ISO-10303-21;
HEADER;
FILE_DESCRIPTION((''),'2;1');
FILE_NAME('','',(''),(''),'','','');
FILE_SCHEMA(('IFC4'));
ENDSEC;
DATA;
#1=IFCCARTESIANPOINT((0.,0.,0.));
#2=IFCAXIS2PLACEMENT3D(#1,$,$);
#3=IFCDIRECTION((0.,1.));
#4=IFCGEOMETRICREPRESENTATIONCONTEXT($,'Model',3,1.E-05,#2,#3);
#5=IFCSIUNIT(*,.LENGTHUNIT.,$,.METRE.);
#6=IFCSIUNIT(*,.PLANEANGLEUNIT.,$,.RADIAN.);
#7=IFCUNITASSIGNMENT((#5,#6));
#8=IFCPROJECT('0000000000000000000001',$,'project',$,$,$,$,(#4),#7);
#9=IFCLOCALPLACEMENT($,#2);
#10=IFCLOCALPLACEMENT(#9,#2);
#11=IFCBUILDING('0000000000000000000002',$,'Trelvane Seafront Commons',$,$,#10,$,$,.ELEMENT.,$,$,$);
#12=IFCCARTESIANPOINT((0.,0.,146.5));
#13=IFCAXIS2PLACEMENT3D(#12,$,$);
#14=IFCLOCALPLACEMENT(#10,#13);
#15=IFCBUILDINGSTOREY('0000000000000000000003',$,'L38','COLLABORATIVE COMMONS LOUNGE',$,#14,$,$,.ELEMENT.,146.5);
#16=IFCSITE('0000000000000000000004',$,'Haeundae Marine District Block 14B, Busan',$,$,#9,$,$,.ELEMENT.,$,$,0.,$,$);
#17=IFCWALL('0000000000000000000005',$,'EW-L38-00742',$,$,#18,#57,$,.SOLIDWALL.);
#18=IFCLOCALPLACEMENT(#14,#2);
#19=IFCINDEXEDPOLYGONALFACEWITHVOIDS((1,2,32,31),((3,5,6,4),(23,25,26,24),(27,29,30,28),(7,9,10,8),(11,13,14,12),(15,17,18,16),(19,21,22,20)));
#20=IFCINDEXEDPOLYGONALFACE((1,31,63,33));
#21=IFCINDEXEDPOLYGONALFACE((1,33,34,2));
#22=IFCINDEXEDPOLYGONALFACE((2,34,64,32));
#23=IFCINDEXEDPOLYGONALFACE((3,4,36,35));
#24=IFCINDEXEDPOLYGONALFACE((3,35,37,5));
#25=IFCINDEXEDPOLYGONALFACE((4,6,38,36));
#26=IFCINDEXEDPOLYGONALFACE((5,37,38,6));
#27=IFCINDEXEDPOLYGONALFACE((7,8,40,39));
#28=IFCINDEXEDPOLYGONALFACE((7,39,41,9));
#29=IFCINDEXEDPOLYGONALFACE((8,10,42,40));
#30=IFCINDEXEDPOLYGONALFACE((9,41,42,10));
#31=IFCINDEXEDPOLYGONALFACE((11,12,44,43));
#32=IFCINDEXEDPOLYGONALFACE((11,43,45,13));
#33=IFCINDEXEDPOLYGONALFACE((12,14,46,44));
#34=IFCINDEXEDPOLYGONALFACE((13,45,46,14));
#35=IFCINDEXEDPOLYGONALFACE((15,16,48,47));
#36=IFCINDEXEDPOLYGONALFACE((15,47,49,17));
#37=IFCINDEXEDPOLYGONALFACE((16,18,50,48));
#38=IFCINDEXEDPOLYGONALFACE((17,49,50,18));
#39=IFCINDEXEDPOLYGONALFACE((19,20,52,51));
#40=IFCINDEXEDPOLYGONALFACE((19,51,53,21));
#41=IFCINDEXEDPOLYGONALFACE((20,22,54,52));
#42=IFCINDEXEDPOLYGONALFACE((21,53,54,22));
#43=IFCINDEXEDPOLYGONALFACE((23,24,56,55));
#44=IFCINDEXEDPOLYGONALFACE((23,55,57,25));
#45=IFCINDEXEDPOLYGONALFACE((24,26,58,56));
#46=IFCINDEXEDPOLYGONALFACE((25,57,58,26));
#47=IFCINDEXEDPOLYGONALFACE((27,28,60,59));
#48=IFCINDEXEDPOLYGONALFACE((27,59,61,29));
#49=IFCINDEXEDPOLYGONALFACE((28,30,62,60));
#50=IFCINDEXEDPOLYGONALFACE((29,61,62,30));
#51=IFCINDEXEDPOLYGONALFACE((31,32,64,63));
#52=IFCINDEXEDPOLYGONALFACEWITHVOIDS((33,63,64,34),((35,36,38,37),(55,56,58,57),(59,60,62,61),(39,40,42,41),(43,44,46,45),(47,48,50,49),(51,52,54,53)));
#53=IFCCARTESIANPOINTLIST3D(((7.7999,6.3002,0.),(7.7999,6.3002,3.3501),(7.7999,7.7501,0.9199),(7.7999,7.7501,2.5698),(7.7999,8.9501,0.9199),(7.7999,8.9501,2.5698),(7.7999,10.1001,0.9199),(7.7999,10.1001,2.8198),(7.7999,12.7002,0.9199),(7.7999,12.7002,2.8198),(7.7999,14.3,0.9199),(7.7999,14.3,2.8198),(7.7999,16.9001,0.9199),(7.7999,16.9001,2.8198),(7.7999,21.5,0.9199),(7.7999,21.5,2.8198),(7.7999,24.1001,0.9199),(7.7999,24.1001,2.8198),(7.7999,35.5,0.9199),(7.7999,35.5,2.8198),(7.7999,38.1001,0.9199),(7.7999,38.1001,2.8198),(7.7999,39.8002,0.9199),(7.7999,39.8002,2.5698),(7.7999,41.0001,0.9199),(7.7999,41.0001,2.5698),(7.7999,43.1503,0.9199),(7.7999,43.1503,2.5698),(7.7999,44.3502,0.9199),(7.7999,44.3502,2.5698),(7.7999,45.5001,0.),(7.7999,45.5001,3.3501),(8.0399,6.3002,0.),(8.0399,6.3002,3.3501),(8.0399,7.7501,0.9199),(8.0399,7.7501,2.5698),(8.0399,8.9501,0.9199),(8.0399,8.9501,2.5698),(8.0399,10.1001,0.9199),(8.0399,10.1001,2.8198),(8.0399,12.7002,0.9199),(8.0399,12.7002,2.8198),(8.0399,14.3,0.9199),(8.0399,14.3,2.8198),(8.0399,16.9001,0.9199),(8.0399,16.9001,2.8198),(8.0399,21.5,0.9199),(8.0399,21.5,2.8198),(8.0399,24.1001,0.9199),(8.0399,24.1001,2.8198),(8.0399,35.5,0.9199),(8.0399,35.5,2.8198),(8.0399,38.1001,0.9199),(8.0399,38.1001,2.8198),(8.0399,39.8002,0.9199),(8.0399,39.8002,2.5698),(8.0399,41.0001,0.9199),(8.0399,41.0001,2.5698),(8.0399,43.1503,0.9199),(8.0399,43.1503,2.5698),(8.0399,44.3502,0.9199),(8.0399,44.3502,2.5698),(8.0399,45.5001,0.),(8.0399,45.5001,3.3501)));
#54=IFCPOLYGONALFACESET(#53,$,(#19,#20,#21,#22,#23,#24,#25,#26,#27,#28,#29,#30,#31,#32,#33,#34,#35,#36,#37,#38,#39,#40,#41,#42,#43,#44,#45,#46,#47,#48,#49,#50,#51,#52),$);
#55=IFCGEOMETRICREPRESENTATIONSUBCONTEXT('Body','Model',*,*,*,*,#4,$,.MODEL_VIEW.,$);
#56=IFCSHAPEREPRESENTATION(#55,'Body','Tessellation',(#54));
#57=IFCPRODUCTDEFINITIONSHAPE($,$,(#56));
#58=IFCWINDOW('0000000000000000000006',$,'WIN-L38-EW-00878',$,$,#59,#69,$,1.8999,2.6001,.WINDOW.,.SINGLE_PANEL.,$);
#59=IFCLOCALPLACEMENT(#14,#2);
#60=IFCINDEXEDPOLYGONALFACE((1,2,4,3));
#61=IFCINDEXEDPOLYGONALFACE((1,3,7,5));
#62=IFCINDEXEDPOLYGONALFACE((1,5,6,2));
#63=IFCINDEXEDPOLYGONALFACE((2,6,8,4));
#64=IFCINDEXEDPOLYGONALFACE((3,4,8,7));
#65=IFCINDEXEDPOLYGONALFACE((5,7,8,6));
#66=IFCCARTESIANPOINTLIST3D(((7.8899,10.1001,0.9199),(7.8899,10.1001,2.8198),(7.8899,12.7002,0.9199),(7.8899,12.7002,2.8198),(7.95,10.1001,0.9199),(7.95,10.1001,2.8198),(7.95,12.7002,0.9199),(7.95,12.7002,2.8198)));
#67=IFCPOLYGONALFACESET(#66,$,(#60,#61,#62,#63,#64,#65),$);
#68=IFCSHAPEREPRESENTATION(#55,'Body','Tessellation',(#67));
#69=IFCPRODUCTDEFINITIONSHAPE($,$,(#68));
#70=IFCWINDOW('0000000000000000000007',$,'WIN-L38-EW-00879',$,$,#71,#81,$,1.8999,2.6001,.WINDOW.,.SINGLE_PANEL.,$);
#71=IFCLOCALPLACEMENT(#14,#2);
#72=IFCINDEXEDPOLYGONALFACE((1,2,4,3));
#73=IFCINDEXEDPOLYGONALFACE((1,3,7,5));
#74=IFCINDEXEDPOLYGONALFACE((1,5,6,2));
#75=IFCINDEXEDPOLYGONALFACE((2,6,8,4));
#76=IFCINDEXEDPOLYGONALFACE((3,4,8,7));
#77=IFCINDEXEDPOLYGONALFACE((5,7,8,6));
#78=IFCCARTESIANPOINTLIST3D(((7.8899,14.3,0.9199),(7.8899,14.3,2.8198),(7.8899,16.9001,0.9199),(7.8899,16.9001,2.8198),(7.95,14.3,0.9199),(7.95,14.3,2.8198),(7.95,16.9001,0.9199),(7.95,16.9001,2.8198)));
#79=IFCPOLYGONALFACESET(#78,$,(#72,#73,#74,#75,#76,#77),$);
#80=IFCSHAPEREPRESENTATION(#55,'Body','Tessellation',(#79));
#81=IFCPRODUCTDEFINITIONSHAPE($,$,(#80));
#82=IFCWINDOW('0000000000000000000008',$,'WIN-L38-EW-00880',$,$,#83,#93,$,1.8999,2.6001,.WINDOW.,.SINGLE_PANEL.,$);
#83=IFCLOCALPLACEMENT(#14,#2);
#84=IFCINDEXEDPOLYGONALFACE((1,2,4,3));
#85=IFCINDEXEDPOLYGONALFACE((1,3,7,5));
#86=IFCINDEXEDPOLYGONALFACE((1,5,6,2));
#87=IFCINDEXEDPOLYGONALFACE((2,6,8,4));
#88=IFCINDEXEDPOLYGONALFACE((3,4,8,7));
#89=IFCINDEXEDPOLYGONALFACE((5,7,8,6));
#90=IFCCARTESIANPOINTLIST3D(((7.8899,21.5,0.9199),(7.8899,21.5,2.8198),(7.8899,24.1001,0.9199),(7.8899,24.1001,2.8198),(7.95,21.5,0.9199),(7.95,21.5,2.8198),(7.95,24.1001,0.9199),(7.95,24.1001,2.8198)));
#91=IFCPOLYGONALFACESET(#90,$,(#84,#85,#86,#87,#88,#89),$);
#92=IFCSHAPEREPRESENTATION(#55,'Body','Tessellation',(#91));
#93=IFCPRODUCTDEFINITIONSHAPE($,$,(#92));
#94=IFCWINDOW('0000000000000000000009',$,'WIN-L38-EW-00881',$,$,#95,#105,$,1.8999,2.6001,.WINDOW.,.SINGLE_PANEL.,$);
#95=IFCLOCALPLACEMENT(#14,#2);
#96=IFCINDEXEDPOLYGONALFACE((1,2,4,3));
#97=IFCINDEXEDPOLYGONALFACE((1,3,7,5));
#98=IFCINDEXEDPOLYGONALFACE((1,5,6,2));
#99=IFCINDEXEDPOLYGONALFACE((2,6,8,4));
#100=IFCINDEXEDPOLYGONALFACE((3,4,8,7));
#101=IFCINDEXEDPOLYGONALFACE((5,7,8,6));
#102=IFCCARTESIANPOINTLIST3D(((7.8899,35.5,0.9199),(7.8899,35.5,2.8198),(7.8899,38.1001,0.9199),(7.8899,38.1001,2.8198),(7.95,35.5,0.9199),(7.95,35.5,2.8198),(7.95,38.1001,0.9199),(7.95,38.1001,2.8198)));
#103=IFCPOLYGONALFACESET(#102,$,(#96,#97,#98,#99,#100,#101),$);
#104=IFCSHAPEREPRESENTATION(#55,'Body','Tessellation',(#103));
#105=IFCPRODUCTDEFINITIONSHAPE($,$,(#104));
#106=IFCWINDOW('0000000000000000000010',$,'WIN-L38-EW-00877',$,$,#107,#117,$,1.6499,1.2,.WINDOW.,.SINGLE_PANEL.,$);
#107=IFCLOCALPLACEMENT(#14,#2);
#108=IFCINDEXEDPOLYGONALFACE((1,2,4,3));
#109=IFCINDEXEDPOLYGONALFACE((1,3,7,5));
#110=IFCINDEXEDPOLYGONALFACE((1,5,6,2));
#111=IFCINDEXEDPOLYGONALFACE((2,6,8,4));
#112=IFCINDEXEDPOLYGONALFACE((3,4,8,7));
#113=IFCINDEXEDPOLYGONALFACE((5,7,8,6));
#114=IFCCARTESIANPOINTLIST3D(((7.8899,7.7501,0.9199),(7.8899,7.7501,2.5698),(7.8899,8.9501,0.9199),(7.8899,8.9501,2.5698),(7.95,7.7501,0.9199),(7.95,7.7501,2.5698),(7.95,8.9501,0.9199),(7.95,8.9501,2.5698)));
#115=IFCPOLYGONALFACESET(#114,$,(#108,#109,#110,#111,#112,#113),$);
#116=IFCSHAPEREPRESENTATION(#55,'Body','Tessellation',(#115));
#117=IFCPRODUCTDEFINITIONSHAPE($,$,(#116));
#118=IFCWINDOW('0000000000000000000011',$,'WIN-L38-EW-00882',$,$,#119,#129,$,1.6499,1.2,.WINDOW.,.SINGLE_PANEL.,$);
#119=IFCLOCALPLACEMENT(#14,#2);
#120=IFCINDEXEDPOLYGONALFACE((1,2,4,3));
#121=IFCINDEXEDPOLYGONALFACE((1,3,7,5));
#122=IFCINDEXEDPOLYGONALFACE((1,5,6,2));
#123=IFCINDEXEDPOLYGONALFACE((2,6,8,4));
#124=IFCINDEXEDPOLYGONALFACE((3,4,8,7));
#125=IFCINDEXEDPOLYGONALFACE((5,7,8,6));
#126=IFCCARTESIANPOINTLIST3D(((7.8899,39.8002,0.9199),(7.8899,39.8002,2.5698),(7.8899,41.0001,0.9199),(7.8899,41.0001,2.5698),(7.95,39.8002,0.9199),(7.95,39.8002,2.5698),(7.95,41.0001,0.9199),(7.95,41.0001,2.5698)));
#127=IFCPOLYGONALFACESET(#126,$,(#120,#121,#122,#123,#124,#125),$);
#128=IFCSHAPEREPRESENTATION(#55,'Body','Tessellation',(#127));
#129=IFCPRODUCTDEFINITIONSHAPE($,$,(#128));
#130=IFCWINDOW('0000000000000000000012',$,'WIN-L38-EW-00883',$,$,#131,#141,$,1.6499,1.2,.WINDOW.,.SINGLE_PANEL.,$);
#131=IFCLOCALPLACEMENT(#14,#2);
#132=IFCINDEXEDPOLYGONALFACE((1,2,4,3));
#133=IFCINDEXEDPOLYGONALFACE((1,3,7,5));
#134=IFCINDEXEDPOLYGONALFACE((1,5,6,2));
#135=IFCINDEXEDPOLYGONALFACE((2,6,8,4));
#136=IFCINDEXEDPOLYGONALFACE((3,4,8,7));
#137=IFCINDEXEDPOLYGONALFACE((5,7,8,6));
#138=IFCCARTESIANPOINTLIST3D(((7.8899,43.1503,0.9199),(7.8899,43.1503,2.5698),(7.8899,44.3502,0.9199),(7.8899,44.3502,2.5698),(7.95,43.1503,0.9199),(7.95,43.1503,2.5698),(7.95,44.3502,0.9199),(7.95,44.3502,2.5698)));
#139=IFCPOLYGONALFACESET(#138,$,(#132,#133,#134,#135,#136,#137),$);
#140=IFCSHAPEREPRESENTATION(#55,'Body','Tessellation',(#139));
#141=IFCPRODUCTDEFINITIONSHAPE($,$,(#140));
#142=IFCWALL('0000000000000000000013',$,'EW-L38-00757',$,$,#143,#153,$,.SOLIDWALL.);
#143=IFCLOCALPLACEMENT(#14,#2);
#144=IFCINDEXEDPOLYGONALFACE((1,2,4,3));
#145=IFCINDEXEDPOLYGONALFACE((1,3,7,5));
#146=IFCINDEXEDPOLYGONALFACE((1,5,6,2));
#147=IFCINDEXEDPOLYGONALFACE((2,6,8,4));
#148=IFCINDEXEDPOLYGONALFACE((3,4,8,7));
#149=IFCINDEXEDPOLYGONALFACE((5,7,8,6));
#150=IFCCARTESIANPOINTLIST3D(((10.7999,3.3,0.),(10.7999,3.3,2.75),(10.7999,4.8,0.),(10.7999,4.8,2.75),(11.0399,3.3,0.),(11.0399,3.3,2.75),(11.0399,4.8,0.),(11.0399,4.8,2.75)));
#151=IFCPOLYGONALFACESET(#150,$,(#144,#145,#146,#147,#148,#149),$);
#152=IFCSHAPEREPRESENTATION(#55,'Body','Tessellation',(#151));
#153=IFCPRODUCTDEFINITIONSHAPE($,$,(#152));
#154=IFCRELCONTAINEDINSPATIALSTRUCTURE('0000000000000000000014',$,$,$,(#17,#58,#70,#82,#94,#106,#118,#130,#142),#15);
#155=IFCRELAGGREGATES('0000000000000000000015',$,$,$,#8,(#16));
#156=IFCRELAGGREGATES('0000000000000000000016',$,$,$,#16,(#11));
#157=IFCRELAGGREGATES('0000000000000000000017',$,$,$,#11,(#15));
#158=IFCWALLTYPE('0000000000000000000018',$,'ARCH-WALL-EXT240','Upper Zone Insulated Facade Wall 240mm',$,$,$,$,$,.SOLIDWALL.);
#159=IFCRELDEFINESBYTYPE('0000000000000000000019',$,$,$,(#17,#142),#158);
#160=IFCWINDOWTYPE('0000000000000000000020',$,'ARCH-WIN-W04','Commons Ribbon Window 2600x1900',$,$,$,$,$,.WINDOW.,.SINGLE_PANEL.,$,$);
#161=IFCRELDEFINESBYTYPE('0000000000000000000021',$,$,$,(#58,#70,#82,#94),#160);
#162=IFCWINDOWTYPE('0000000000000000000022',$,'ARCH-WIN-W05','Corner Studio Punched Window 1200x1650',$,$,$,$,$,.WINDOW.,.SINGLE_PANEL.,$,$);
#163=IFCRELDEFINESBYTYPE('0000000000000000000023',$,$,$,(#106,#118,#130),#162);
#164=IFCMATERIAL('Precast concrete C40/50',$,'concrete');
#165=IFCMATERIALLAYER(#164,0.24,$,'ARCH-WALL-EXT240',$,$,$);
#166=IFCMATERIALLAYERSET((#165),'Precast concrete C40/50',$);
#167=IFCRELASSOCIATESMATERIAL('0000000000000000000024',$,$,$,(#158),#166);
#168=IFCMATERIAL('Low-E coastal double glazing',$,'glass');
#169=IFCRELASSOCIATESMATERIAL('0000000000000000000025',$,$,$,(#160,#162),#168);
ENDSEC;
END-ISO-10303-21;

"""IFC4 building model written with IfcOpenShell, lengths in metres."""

from ifc_helpers import new_model, si_unit, direction, frame, frame_2d, origin, place, context, subcontext, project, spatial, rectangle, extrude, source, transform, mapped, material, layer, layer_set, type_object, element, fill, save


model = new_model("IFC4")

# Units and contexts
model_context = context("Model", 3, precision=1e-05, world=origin(), true_north=direction((0.0, 1.0)))
body_context = subcontext(model_context, "Body", "Model", "MODEL_VIEW")
ifc_project = project(units=[si_unit("LENGTHUNIT", "METRE"), si_unit("PLANEANGLEUNIT", "RADIAN")], contexts=[model_context])

# Site, building, storey
site_placement = place(None, origin())
site = spatial("IfcSite", under=ifc_project, at=site_placement, Name="Haeundae Marine District Block 14B, Busan", CompositionType="ELEMENT", RefElevation=0.0)
building_placement = place(site_placement, origin())
building = spatial("IfcBuilding", under=site, at=building_placement, Name="Trelvane Seafront Commons", CompositionType="ELEMENT")
storey_placement = place(building_placement, frame((0.0, 0.0, 146.5)))
storey = spatial("IfcBuildingStorey", under=building, at=storey_placement, Name="L38", Description="COLLABORATIVE COMMONS LOUNGE", CompositionType="ELEMENT", Elevation=146.5)

# Shared definitions
ifc_material_1 = material(Name="Precast concrete C40/50", Category="concrete")
ifc_layer_1 = layer(ifc_material_1, 0.24, Name="ARCH-WALL-EXT240")
ifc_layer_set_1 = layer_set([ifc_layer_1], Name="Precast concrete C40/50")
wall_type_1 = type_object("IfcWallType", Name="ARCH-WALL-EXT240", Description="Upper Zone Insulated Facade Wall 240mm", PredefinedType="SOLIDWALL", material=ifc_layer_set_1)

# Wall, openings, windows
wall_1_placement = place(storey_placement, frame((7.9199, 6.3, 0.0), z_axis=(0.0, 0.0, 1.0), x_axis=(0.0, 1.0, 0.0)))
wall_1 = element("IfcWall", 1, at=wall_1_placement, inside=storey, type_object=wall_type_1, Name="EW-L38-00742", PredefinedType="SOLIDWALL", context=body_context, shape_type="SweptSolid", body=[
    extrude(rectangle(XDim=39.2, YDim=0.24, at=frame_2d((19.6001, 0.0))), origin(), (0.0, 0.0, 1.0), 3.3501),
])
opening_1_placement = place(wall_1_placement, frame((1.45, 0.0, 0.9199)))
opening_1 = element("IfcOpeningElement", 2, at=opening_1_placement, cuts=wall_1, PredefinedType="OPENING", context=body_context, shape_type="SweptSolid", body=[
    extrude(rectangle(XDim=1.2, YDim=1.6499, at=frame_2d((0.6001, 0.825))), frame((0.0, 0.1299, 0.0), z_axis=(0.0, -1.0, 0.0), x_axis=(1.0, 0.0, 0.0)), (0.0, 0.0, 1.0), 0.26),
])
opening_2_placement = place(wall_1_placement, frame((3.8, 0.0, 0.9199)))
opening_2 = element("IfcOpeningElement", 3, at=opening_2_placement, cuts=wall_1, PredefinedType="OPENING", context=body_context, shape_type="SweptSolid", body=[
    extrude(rectangle(XDim=2.6001, YDim=1.8999, at=frame_2d((1.3, 0.95))), frame((0.0, 0.1299, 0.0), z_axis=(0.0, -1.0, 0.0), x_axis=(1.0, 0.0, 0.0)), (0.0, 0.0, 1.0), 0.26),
])
opening_3_placement = place(wall_1_placement, frame((8.0, 0.0, 0.9199)))
opening_3 = element("IfcOpeningElement", 4, at=opening_3_placement, cuts=wall_1, PredefinedType="OPENING", context=body_context, shape_type="SweptSolid", body=[
    extrude(rectangle(XDim=2.6001, YDim=1.8999, at=frame_2d((1.3, 0.95))), frame((0.0, 0.1299, 0.0), z_axis=(0.0, -1.0, 0.0), x_axis=(1.0, 0.0, 0.0)), (0.0, 0.0, 1.0), 0.26),
])
opening_4_placement = place(wall_1_placement, frame((15.2, 0.0, 0.9199)))
opening_4 = element("IfcOpeningElement", 5, at=opening_4_placement, cuts=wall_1, PredefinedType="OPENING", context=body_context, shape_type="SweptSolid", body=[
    extrude(rectangle(XDim=2.6001, YDim=1.8999, at=frame_2d((1.3, 0.95))), frame((0.0, 0.1299, 0.0), z_axis=(0.0, -1.0, 0.0), x_axis=(1.0, 0.0, 0.0)), (0.0, 0.0, 1.0), 0.26),
])
opening_5_placement = place(wall_1_placement, frame((29.2, 0.0, 0.9199)))
opening_5 = element("IfcOpeningElement", 6, at=opening_5_placement, cuts=wall_1, PredefinedType="OPENING", context=body_context, shape_type="SweptSolid", body=[
    extrude(rectangle(XDim=2.6001, YDim=1.8999, at=frame_2d((1.3, 0.95))), frame((0.0, 0.1299, 0.0), z_axis=(0.0, -1.0, 0.0), x_axis=(1.0, 0.0, 0.0)), (0.0, 0.0, 1.0), 0.26),
])
opening_6_placement = place(wall_1_placement, frame((33.5, 0.0, 0.9199)))
opening_6 = element("IfcOpeningElement", 7, at=opening_6_placement, cuts=wall_1, PredefinedType="OPENING", context=body_context, shape_type="SweptSolid", body=[
    extrude(rectangle(XDim=1.2, YDim=1.6499, at=frame_2d((0.6001, 0.825))), frame((0.0, 0.1299, 0.0), z_axis=(0.0, -1.0, 0.0), x_axis=(1.0, 0.0, 0.0)), (0.0, 0.0, 1.0), 0.26),
])
opening_7_placement = place(wall_1_placement, frame((36.8501, 0.0, 0.9199)))
opening_7 = element("IfcOpeningElement", 8, at=opening_7_placement, cuts=wall_1, PredefinedType="OPENING", context=body_context, shape_type="SweptSolid", body=[
    extrude(rectangle(XDim=1.2, YDim=1.6499, at=frame_2d((0.6001, 0.825))), frame((0.0, 0.1299, 0.0), z_axis=(0.0, -1.0, 0.0), x_axis=(1.0, 0.0, 0.0)), (0.0, 0.0, 1.0), 0.26),
])
ifc_material_2 = material(Name="Low-E coastal double glazing", Category="glass")
window_type_1 = type_object("IfcWindowType", Name="ARCH-WIN-W04", Description="Commons Ribbon Window 2600x1900", PartitioningType="SINGLE_PANEL", PredefinedType="WINDOW", material=ifc_material_2)
shared_shape_1 = source(origin(), body_context, "Body", "SweptSolid", [
    extrude(rectangle(XDim=2.6001, YDim=1.8999, at=frame_2d((1.3, 0.95))), frame((0.0, 0.03, 0.0), z_axis=(0.0, -1.0, 0.0), x_axis=(1.0, 0.0, 0.0)), (0.0, 0.0, 1.0), 0.0601),
])
window_1_placement = place(opening_2_placement, origin())
window_1 = element("IfcWindow", 9, at=window_1_placement, inside=storey, type_object=window_type_1, Name="WIN-L38-EW-00878", OverallHeight=1.8999, OverallWidth=2.6001, PartitioningType="SINGLE_PANEL", PredefinedType="WINDOW", context=body_context, shape_type="MappedRepresentation", body=[
    mapped(shared_shape_1, transform((0.0, 0.0, 0.0), x_axis=(1.0, 0.0, 0.0), y_axis=(0.0, 1.0, 0.0), z_axis=(0.0, 0.0, 1.0), scale=1.0)),
])
fill(opening_2, window_1)
window_2_placement = place(opening_3_placement, origin())
window_2 = element("IfcWindow", 10, at=window_2_placement, inside=storey, type_object=window_type_1, Name="WIN-L38-EW-00879", OverallHeight=1.8999, OverallWidth=2.6001, PartitioningType="SINGLE_PANEL", PredefinedType="WINDOW", context=body_context, shape_type="MappedRepresentation", body=[
    mapped(shared_shape_1, transform((0.0, 0.0, 0.0), x_axis=(1.0, 0.0, 0.0), y_axis=(0.0, 1.0, 0.0), z_axis=(0.0, 0.0, 1.0), scale=1.0)),
])
fill(opening_3, window_2)
window_3_placement = place(opening_4_placement, origin())
window_3 = element("IfcWindow", 11, at=window_3_placement, inside=storey, type_object=window_type_1, Name="WIN-L38-EW-00880", OverallHeight=1.8999, OverallWidth=2.6001, PartitioningType="SINGLE_PANEL", PredefinedType="WINDOW", context=body_context, shape_type="MappedRepresentation", body=[
    mapped(shared_shape_1, transform((0.0, 0.0, 0.0), x_axis=(1.0, 0.0, 0.0), y_axis=(0.0, 1.0, 0.0), z_axis=(0.0, 0.0, 1.0), scale=1.0)),
])
fill(opening_4, window_3)
window_4_placement = place(opening_5_placement, origin())
window_4 = element("IfcWindow", 12, at=window_4_placement, inside=storey, type_object=window_type_1, Name="WIN-L38-EW-00881", OverallHeight=1.8999, OverallWidth=2.6001, PartitioningType="SINGLE_PANEL", PredefinedType="WINDOW", context=body_context, shape_type="MappedRepresentation", body=[
    mapped(shared_shape_1, transform((0.0, 0.0, 0.0), x_axis=(1.0, 0.0, 0.0), y_axis=(0.0, 1.0, 0.0), z_axis=(0.0, 0.0, 1.0), scale=1.0)),
])
fill(opening_5, window_4)
window_type_2 = type_object("IfcWindowType", Name="ARCH-WIN-W05", Description="Corner Studio Punched Window 1200x1650", PartitioningType="SINGLE_PANEL", PredefinedType="WINDOW", material=ifc_material_2)
shared_shape_2 = source(origin(), body_context, "Body", "SweptSolid", [
    extrude(rectangle(XDim=1.2, YDim=1.6499, at=frame_2d((0.6001, 0.825))), frame((0.0, 0.03, 0.0), z_axis=(0.0, -1.0, 0.0), x_axis=(1.0, 0.0, 0.0)), (0.0, 0.0, 1.0), 0.0601),
])
window_5_placement = place(opening_1_placement, origin())
window_5 = element("IfcWindow", 13, at=window_5_placement, inside=storey, type_object=window_type_2, Name="WIN-L38-EW-00877", OverallHeight=1.6499, OverallWidth=1.2, PartitioningType="SINGLE_PANEL", PredefinedType="WINDOW", context=body_context, shape_type="MappedRepresentation", body=[
    mapped(shared_shape_2, transform((0.0, 0.0, 0.0), x_axis=(1.0, 0.0, 0.0), y_axis=(0.0, 1.0, 0.0), z_axis=(0.0, 0.0, 1.0), scale=1.0)),
])
fill(opening_1, window_5)
window_6_placement = place(opening_6_placement, origin())
window_6 = element("IfcWindow", 14, at=window_6_placement, inside=storey, type_object=window_type_2, Name="WIN-L38-EW-00882", OverallHeight=1.6499, OverallWidth=1.2, PartitioningType="SINGLE_PANEL", PredefinedType="WINDOW", context=body_context, shape_type="MappedRepresentation", body=[
    mapped(shared_shape_2, transform((0.0, 0.0, 0.0), x_axis=(1.0, 0.0, 0.0), y_axis=(0.0, 1.0, 0.0), z_axis=(0.0, 0.0, 1.0), scale=1.0)),
])
fill(opening_6, window_6)
window_7_placement = place(opening_7_placement, origin())
window_7 = element("IfcWindow", 15, at=window_7_placement, inside=storey, type_object=window_type_2, Name="WIN-L38-EW-00883", OverallHeight=1.6499, OverallWidth=1.2, PartitioningType="SINGLE_PANEL", PredefinedType="WINDOW", context=body_context, shape_type="MappedRepresentation", body=[
    mapped(shared_shape_2, transform((0.0, 0.0, 0.0), x_axis=(1.0, 0.0, 0.0), y_axis=(0.0, 1.0, 0.0), z_axis=(0.0, 0.0, 1.0), scale=1.0)),
])
fill(opening_7, window_7)

# Wall
wall_2_placement = place(storey_placement, frame((10.9199, 3.3, 0.0), z_axis=(0.0, 0.0, 1.0), x_axis=(0.0, 1.0, 0.0)))
element("IfcWall", 16, at=wall_2_placement, inside=storey, type_object=wall_type_1, Name="EW-L38-00757", PredefinedType="SOLIDWALL", context=body_context, shape_type="SweptSolid", body=[
    extrude(rectangle(XDim=1.5, YDim=0.24, at=frame_2d((0.75, 0.0))), origin(), (0.0, 0.0, 1.0), 2.75),
])

save(model, "model.ifc")
